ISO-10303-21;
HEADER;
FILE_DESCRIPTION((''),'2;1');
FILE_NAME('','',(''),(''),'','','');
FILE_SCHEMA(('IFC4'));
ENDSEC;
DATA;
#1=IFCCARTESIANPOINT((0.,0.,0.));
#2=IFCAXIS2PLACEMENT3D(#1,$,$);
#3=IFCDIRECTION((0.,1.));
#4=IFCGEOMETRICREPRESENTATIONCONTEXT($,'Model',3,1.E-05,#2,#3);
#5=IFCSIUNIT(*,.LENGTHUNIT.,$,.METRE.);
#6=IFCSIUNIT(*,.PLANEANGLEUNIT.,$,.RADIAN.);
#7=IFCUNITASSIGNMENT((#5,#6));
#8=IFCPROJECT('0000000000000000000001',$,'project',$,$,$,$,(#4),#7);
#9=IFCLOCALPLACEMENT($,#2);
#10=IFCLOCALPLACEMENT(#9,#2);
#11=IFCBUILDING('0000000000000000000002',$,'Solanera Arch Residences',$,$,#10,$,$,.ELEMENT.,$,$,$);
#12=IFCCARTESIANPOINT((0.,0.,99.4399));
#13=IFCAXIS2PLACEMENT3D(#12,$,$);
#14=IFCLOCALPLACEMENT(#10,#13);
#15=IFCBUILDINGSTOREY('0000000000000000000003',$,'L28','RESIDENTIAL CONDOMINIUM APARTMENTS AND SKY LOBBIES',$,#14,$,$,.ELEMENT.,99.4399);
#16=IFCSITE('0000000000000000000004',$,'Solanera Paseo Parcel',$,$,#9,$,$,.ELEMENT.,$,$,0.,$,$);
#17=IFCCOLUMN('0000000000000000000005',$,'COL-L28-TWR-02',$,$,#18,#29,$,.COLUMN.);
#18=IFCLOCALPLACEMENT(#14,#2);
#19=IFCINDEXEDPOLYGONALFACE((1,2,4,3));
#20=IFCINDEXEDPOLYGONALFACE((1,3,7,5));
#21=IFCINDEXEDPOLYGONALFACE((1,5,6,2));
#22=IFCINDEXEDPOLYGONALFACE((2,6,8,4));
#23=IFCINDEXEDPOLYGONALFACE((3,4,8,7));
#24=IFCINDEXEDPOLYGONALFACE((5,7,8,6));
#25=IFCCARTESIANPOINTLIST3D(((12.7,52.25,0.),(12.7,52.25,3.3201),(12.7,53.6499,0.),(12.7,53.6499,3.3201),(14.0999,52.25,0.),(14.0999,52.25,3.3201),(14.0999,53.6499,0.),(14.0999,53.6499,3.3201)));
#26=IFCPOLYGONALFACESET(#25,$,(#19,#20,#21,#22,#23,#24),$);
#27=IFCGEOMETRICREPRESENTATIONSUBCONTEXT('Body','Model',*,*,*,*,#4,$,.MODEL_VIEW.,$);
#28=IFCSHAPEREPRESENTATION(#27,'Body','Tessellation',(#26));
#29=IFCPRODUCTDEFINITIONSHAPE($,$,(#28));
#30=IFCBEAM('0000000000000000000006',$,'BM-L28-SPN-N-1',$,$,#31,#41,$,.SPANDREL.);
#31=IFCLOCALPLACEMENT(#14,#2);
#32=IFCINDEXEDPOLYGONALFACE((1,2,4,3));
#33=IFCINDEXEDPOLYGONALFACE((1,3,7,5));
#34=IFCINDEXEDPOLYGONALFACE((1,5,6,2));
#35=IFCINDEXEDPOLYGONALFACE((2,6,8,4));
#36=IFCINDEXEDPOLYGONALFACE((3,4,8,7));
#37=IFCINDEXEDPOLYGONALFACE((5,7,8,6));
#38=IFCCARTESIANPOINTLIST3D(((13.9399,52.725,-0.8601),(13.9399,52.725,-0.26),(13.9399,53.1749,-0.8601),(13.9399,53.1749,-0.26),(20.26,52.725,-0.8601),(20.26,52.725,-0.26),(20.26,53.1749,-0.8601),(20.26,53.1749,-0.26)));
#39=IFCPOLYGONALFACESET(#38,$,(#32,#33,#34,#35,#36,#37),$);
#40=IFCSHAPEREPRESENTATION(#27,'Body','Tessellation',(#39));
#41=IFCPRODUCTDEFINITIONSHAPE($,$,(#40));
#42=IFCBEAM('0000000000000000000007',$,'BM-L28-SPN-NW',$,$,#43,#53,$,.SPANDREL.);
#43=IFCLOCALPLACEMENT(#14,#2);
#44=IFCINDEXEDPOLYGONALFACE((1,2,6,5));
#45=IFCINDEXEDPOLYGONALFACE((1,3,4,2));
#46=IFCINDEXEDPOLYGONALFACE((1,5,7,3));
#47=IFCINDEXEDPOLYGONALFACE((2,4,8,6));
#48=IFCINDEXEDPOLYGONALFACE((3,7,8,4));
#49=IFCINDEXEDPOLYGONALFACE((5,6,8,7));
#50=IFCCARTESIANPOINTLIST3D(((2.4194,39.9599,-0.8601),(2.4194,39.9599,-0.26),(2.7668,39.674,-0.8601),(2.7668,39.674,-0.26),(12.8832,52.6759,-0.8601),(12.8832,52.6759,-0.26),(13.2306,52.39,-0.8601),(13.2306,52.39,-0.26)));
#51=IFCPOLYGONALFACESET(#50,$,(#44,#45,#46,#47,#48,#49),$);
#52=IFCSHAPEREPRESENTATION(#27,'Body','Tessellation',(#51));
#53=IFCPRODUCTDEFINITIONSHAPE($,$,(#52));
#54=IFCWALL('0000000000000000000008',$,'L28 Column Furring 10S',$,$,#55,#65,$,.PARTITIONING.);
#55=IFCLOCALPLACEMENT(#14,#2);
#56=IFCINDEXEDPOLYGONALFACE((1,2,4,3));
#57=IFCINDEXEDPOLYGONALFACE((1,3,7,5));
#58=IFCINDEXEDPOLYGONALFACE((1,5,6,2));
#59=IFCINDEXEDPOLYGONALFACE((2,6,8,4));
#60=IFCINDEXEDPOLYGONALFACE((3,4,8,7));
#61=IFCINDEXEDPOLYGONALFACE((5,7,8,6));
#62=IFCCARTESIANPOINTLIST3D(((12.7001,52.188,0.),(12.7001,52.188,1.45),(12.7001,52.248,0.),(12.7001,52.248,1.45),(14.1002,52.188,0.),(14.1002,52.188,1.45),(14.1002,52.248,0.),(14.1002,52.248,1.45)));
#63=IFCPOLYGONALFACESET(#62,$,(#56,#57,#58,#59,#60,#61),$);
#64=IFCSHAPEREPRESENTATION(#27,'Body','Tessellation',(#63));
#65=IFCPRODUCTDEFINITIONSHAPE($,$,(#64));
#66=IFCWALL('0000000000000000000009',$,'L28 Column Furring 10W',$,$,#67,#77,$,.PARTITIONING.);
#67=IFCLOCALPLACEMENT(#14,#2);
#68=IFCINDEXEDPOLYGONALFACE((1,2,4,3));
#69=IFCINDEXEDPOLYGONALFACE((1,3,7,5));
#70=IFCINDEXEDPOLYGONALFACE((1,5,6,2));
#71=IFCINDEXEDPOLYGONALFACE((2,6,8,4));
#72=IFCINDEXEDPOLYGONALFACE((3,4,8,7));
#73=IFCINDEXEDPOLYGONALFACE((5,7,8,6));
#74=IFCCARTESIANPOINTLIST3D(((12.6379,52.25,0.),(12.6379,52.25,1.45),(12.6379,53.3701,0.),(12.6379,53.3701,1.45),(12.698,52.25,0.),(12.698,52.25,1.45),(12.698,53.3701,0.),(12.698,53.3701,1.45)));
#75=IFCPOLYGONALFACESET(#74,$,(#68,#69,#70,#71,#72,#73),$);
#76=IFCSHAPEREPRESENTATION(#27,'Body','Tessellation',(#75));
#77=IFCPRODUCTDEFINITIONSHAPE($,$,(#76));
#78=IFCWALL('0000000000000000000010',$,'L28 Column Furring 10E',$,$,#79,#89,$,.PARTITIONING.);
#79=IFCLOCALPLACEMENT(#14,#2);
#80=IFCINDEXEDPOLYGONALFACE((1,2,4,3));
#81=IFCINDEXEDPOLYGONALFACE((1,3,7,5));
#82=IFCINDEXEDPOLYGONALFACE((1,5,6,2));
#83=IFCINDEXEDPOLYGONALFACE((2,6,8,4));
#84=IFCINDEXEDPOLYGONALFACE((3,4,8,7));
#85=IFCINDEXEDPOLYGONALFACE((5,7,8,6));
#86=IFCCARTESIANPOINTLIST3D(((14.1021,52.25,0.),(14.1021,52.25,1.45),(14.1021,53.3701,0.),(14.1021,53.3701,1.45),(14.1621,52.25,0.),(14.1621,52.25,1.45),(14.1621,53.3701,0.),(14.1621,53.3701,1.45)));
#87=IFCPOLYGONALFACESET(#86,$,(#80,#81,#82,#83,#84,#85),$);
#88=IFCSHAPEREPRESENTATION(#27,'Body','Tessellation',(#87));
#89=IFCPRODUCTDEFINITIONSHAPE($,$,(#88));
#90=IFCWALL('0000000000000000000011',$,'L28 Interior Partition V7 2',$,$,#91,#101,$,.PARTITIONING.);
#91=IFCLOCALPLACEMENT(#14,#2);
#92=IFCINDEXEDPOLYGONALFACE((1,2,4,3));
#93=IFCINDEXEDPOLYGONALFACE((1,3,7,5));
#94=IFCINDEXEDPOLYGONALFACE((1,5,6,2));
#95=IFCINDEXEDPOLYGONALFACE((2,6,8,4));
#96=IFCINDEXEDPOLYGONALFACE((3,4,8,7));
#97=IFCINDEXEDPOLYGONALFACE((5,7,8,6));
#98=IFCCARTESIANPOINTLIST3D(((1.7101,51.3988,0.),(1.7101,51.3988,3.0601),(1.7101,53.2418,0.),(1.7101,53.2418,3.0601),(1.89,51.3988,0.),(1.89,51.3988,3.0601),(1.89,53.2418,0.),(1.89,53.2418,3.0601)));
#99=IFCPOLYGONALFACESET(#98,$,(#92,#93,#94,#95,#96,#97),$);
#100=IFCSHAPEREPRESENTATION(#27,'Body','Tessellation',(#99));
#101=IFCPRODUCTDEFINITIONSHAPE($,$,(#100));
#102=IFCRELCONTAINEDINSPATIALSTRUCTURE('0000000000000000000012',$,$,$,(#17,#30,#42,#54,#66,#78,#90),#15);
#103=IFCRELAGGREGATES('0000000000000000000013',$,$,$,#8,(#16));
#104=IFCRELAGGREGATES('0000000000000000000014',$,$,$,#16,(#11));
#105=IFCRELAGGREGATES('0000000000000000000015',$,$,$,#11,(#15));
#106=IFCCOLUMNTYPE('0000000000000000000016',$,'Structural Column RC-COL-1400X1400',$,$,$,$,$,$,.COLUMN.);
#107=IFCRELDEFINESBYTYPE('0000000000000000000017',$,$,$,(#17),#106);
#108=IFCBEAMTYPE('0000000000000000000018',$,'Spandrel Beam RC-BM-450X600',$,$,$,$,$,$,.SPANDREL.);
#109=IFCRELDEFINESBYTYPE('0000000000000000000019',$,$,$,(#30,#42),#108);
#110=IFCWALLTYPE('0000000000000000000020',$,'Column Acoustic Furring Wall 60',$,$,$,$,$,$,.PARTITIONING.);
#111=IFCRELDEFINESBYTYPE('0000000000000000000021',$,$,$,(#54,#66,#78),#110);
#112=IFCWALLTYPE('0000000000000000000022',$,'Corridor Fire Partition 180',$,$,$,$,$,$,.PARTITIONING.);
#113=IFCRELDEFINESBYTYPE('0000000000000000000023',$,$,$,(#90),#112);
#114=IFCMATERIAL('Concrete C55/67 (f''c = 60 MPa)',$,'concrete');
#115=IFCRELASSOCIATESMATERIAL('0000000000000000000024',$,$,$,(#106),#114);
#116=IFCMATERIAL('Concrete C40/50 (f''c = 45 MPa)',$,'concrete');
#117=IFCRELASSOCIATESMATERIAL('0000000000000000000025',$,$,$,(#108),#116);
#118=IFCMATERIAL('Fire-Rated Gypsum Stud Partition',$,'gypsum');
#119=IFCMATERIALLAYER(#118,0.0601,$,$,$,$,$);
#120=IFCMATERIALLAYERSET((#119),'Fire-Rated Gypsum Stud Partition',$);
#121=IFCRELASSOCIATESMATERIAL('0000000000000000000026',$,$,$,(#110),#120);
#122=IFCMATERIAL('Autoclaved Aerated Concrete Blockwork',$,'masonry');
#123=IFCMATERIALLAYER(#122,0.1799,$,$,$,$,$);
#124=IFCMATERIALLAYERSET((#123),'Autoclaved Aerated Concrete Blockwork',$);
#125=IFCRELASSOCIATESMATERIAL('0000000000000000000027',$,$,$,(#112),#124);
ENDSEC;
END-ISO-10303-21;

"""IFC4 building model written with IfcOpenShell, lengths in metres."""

from ifc_helpers import new_model, si_unit, direction, frame, frame_2d, origin, origin_2d, place, context, subcontext, project, spatial, rectangle, extrude, material, layer, layer_set, material_profile, profile_set, type_object, element, save


model = new_model("IFC4")

# Units and contexts
model_context = context("Model", 3, precision=1e-05, world=origin(), true_north=direction((0.0, 1.0)))
body_context = subcontext(model_context, "Body", "Model", "MODEL_VIEW")
ifc_project = project(units=[si_unit("LENGTHUNIT", "METRE"), si_unit("PLANEANGLEUNIT", "RADIAN")], contexts=[model_context])

# Site, building, storey
site_placement = place(None, origin())
site = spatial("IfcSite", under=ifc_project, at=site_placement, Name="Solanera Paseo Parcel", CompositionType="ELEMENT", RefElevation=0.0)
building_placement = place(site_placement, origin())
building = spatial("IfcBuilding", under=site, at=building_placement, Name="Solanera Arch Residences", CompositionType="ELEMENT")
storey_placement = place(building_placement, frame((0.0, 0.0, 99.4399)))
storey = spatial("IfcBuildingStorey", under=building, at=storey_placement, Name="L28", Description="RESIDENTIAL CONDOMINIUM APARTMENTS AND SKY LOBBIES", CompositionType="ELEMENT", Elevation=99.4399)

# Column
ifc_material_1 = material(Name="Concrete C55/67 (f'c = 60 MPa)", Category="concrete")
ifc_material_profile_1 = material_profile(ifc_material_1, rectangle(XDim=1.3999, YDim=1.3999, at=origin_2d()))
ifc_profile_set_1 = profile_set([ifc_material_profile_1], Name="Concrete C55/67 (f'c = 60 MPa)")
column_type = type_object("IfcColumnType", Name="Structural Column RC-COL-1400X1400", PredefinedType="COLUMN", material=ifc_profile_set_1)
column_placement = place(storey_placement, frame((13.3999, 52.95, 0.0), z_axis=(0.0, 0.0, 1.0), x_axis=(1.0, 0.0, 0.0)))
element("IfcColumn", 1, at=column_placement, inside=storey, type_object=column_type, Name="COL-L28-TWR-02", PredefinedType="COLUMN", context=body_context, shape_type="SweptSolid", body=[
    extrude(rectangle(XDim=1.3999, YDim=1.3999, at=origin_2d()), origin(), (0.0, 0.0, 1.0), 3.3201),
])

# Beams
ifc_material_2 = material(Name="Concrete C40/50 (f'c = 45 MPa)", Category="concrete")
ifc_material_profile_2 = material_profile(ifc_material_2, rectangle(XDim=0.45, YDim=0.6001, at=origin_2d()))
ifc_profile_set_2 = profile_set([ifc_material_profile_2], Name="Concrete C40/50 (f'c = 45 MPa)")
beam_type = type_object("IfcBeamType", Name="Spandrel Beam RC-BM-450X600", PredefinedType="SPANDREL", material=ifc_profile_set_2)
beam_1_placement = place(storey_placement, frame((13.9399, 52.95, -0.5601), z_axis=(1.0, 0.0, 0.0), x_axis=(0.0, 1.0, 0.0)))
element("IfcBeam", 2, at=beam_1_placement, inside=storey, type_object=beam_type, Name="BM-L28-SPN-N-1", PredefinedType="SPANDREL", context=body_context, shape_type="SweptSolid", body=[
    extrude(rectangle(XDim=0.45, YDim=0.6001, at=origin_2d()), origin(), (0.0, 0.0, 1.0), 6.3201),
])
beam_2_placement = place(storey_placement, frame((13.0569, 52.533, -0.5601), z_axis=(-0.635411, -0.772174, 0.0), x_axis=(0.772174, -0.635411, 0.0)))
element("IfcBeam", 3, at=beam_2_placement, inside=storey, type_object=beam_type, Name="BM-L28-SPN-NW", PredefinedType="SPANDREL", context=body_context, shape_type="SweptSolid", body=[
    extrude(rectangle(XDim=0.45, YDim=0.6001, at=origin_2d()), origin(), (0.0, 0.0, 1.0), 16.4678),
])

# Walls
ifc_material_3 = material(Name="Fire-Rated Gypsum Stud Partition", Category="gypsum")
ifc_layer_1 = layer(ifc_material_3, 0.0601)
ifc_layer_set_1 = layer_set([ifc_layer_1], Name="Fire-Rated Gypsum Stud Partition")
wall_type_1 = type_object("IfcWallType", Name="Column Acoustic Furring Wall 60", PredefinedType="PARTITIONING", material=ifc_layer_set_1)
wall_1_placement = place(storey_placement, frame((12.7, 52.218, 0.0), z_axis=(0.0, 0.0, 1.0), x_axis=(1.0, 0.0, 0.0)))
element("IfcWall", 4, at=wall_1_placement, inside=storey, type_object=wall_type_1, Name="L28 Column Furring 10S", PredefinedType="PARTITIONING", context=body_context, shape_type="SweptSolid", body=[
    extrude(rectangle(XDim=1.4001, YDim=0.0601, at=frame_2d((0.7002, 0.0))), origin(), (0.0, 0.0, 1.0), 1.45),
])
for number, where, z_axis, x_axis, name in (
    (5, (12.668, 52.25, 0.0), (0.0, 0.0, 1.0), (0.0, 1.0, 0.0), "L28 Column Furring 10W"),
    (6, (14.1321, 52.25, 0.0), (0.0, 0.0, 1.0), (0.0, 1.0, 0.0), "L28 Column Furring 10E"),
):
    element("IfcWall", number, at=place(storey_placement, frame(where, z_axis=z_axis, x_axis=x_axis)), inside=storey, type_object=wall_type_1, Name=name, PredefinedType="PARTITIONING", context=body_context, shape_type="SweptSolid", body=[
        extrude(rectangle(XDim=1.1201, YDim=0.0601, at=frame_2d((0.5601, 0.0))), origin(), (0.0, 0.0, 1.0), 1.45),
    ])
ifc_material_4 = material(Name="Autoclaved Aerated Concrete Blockwork", Category="masonry")
ifc_layer_2 = layer(ifc_material_4, 0.1799)
ifc_layer_set_2 = layer_set([ifc_layer_2], Name="Autoclaved Aerated Concrete Blockwork")
wall_type_2 = type_object("IfcWallType", Name="Corridor Fire Partition 180", PredefinedType="PARTITIONING", material=ifc_layer_set_2)
wall_2_placement = place(storey_placement, frame((1.8, 51.3989, 0.0), z_axis=(0.0, 0.0, 1.0), x_axis=(0.0, 1.0, 0.0)))
element("IfcWall", 7, at=wall_2_placement, inside=storey, type_object=wall_type_2, Name="L28 Interior Partition V7 2", PredefinedType="PARTITIONING", context=body_context, shape_type="SweptSolid", body=[
    extrude(rectangle(XDim=1.843, YDim=0.1799, at=frame_2d((0.9214, 0.0))), origin(), (0.0, 0.0, 1.0), 3.0601),
])

save(model, "model.ifc")
